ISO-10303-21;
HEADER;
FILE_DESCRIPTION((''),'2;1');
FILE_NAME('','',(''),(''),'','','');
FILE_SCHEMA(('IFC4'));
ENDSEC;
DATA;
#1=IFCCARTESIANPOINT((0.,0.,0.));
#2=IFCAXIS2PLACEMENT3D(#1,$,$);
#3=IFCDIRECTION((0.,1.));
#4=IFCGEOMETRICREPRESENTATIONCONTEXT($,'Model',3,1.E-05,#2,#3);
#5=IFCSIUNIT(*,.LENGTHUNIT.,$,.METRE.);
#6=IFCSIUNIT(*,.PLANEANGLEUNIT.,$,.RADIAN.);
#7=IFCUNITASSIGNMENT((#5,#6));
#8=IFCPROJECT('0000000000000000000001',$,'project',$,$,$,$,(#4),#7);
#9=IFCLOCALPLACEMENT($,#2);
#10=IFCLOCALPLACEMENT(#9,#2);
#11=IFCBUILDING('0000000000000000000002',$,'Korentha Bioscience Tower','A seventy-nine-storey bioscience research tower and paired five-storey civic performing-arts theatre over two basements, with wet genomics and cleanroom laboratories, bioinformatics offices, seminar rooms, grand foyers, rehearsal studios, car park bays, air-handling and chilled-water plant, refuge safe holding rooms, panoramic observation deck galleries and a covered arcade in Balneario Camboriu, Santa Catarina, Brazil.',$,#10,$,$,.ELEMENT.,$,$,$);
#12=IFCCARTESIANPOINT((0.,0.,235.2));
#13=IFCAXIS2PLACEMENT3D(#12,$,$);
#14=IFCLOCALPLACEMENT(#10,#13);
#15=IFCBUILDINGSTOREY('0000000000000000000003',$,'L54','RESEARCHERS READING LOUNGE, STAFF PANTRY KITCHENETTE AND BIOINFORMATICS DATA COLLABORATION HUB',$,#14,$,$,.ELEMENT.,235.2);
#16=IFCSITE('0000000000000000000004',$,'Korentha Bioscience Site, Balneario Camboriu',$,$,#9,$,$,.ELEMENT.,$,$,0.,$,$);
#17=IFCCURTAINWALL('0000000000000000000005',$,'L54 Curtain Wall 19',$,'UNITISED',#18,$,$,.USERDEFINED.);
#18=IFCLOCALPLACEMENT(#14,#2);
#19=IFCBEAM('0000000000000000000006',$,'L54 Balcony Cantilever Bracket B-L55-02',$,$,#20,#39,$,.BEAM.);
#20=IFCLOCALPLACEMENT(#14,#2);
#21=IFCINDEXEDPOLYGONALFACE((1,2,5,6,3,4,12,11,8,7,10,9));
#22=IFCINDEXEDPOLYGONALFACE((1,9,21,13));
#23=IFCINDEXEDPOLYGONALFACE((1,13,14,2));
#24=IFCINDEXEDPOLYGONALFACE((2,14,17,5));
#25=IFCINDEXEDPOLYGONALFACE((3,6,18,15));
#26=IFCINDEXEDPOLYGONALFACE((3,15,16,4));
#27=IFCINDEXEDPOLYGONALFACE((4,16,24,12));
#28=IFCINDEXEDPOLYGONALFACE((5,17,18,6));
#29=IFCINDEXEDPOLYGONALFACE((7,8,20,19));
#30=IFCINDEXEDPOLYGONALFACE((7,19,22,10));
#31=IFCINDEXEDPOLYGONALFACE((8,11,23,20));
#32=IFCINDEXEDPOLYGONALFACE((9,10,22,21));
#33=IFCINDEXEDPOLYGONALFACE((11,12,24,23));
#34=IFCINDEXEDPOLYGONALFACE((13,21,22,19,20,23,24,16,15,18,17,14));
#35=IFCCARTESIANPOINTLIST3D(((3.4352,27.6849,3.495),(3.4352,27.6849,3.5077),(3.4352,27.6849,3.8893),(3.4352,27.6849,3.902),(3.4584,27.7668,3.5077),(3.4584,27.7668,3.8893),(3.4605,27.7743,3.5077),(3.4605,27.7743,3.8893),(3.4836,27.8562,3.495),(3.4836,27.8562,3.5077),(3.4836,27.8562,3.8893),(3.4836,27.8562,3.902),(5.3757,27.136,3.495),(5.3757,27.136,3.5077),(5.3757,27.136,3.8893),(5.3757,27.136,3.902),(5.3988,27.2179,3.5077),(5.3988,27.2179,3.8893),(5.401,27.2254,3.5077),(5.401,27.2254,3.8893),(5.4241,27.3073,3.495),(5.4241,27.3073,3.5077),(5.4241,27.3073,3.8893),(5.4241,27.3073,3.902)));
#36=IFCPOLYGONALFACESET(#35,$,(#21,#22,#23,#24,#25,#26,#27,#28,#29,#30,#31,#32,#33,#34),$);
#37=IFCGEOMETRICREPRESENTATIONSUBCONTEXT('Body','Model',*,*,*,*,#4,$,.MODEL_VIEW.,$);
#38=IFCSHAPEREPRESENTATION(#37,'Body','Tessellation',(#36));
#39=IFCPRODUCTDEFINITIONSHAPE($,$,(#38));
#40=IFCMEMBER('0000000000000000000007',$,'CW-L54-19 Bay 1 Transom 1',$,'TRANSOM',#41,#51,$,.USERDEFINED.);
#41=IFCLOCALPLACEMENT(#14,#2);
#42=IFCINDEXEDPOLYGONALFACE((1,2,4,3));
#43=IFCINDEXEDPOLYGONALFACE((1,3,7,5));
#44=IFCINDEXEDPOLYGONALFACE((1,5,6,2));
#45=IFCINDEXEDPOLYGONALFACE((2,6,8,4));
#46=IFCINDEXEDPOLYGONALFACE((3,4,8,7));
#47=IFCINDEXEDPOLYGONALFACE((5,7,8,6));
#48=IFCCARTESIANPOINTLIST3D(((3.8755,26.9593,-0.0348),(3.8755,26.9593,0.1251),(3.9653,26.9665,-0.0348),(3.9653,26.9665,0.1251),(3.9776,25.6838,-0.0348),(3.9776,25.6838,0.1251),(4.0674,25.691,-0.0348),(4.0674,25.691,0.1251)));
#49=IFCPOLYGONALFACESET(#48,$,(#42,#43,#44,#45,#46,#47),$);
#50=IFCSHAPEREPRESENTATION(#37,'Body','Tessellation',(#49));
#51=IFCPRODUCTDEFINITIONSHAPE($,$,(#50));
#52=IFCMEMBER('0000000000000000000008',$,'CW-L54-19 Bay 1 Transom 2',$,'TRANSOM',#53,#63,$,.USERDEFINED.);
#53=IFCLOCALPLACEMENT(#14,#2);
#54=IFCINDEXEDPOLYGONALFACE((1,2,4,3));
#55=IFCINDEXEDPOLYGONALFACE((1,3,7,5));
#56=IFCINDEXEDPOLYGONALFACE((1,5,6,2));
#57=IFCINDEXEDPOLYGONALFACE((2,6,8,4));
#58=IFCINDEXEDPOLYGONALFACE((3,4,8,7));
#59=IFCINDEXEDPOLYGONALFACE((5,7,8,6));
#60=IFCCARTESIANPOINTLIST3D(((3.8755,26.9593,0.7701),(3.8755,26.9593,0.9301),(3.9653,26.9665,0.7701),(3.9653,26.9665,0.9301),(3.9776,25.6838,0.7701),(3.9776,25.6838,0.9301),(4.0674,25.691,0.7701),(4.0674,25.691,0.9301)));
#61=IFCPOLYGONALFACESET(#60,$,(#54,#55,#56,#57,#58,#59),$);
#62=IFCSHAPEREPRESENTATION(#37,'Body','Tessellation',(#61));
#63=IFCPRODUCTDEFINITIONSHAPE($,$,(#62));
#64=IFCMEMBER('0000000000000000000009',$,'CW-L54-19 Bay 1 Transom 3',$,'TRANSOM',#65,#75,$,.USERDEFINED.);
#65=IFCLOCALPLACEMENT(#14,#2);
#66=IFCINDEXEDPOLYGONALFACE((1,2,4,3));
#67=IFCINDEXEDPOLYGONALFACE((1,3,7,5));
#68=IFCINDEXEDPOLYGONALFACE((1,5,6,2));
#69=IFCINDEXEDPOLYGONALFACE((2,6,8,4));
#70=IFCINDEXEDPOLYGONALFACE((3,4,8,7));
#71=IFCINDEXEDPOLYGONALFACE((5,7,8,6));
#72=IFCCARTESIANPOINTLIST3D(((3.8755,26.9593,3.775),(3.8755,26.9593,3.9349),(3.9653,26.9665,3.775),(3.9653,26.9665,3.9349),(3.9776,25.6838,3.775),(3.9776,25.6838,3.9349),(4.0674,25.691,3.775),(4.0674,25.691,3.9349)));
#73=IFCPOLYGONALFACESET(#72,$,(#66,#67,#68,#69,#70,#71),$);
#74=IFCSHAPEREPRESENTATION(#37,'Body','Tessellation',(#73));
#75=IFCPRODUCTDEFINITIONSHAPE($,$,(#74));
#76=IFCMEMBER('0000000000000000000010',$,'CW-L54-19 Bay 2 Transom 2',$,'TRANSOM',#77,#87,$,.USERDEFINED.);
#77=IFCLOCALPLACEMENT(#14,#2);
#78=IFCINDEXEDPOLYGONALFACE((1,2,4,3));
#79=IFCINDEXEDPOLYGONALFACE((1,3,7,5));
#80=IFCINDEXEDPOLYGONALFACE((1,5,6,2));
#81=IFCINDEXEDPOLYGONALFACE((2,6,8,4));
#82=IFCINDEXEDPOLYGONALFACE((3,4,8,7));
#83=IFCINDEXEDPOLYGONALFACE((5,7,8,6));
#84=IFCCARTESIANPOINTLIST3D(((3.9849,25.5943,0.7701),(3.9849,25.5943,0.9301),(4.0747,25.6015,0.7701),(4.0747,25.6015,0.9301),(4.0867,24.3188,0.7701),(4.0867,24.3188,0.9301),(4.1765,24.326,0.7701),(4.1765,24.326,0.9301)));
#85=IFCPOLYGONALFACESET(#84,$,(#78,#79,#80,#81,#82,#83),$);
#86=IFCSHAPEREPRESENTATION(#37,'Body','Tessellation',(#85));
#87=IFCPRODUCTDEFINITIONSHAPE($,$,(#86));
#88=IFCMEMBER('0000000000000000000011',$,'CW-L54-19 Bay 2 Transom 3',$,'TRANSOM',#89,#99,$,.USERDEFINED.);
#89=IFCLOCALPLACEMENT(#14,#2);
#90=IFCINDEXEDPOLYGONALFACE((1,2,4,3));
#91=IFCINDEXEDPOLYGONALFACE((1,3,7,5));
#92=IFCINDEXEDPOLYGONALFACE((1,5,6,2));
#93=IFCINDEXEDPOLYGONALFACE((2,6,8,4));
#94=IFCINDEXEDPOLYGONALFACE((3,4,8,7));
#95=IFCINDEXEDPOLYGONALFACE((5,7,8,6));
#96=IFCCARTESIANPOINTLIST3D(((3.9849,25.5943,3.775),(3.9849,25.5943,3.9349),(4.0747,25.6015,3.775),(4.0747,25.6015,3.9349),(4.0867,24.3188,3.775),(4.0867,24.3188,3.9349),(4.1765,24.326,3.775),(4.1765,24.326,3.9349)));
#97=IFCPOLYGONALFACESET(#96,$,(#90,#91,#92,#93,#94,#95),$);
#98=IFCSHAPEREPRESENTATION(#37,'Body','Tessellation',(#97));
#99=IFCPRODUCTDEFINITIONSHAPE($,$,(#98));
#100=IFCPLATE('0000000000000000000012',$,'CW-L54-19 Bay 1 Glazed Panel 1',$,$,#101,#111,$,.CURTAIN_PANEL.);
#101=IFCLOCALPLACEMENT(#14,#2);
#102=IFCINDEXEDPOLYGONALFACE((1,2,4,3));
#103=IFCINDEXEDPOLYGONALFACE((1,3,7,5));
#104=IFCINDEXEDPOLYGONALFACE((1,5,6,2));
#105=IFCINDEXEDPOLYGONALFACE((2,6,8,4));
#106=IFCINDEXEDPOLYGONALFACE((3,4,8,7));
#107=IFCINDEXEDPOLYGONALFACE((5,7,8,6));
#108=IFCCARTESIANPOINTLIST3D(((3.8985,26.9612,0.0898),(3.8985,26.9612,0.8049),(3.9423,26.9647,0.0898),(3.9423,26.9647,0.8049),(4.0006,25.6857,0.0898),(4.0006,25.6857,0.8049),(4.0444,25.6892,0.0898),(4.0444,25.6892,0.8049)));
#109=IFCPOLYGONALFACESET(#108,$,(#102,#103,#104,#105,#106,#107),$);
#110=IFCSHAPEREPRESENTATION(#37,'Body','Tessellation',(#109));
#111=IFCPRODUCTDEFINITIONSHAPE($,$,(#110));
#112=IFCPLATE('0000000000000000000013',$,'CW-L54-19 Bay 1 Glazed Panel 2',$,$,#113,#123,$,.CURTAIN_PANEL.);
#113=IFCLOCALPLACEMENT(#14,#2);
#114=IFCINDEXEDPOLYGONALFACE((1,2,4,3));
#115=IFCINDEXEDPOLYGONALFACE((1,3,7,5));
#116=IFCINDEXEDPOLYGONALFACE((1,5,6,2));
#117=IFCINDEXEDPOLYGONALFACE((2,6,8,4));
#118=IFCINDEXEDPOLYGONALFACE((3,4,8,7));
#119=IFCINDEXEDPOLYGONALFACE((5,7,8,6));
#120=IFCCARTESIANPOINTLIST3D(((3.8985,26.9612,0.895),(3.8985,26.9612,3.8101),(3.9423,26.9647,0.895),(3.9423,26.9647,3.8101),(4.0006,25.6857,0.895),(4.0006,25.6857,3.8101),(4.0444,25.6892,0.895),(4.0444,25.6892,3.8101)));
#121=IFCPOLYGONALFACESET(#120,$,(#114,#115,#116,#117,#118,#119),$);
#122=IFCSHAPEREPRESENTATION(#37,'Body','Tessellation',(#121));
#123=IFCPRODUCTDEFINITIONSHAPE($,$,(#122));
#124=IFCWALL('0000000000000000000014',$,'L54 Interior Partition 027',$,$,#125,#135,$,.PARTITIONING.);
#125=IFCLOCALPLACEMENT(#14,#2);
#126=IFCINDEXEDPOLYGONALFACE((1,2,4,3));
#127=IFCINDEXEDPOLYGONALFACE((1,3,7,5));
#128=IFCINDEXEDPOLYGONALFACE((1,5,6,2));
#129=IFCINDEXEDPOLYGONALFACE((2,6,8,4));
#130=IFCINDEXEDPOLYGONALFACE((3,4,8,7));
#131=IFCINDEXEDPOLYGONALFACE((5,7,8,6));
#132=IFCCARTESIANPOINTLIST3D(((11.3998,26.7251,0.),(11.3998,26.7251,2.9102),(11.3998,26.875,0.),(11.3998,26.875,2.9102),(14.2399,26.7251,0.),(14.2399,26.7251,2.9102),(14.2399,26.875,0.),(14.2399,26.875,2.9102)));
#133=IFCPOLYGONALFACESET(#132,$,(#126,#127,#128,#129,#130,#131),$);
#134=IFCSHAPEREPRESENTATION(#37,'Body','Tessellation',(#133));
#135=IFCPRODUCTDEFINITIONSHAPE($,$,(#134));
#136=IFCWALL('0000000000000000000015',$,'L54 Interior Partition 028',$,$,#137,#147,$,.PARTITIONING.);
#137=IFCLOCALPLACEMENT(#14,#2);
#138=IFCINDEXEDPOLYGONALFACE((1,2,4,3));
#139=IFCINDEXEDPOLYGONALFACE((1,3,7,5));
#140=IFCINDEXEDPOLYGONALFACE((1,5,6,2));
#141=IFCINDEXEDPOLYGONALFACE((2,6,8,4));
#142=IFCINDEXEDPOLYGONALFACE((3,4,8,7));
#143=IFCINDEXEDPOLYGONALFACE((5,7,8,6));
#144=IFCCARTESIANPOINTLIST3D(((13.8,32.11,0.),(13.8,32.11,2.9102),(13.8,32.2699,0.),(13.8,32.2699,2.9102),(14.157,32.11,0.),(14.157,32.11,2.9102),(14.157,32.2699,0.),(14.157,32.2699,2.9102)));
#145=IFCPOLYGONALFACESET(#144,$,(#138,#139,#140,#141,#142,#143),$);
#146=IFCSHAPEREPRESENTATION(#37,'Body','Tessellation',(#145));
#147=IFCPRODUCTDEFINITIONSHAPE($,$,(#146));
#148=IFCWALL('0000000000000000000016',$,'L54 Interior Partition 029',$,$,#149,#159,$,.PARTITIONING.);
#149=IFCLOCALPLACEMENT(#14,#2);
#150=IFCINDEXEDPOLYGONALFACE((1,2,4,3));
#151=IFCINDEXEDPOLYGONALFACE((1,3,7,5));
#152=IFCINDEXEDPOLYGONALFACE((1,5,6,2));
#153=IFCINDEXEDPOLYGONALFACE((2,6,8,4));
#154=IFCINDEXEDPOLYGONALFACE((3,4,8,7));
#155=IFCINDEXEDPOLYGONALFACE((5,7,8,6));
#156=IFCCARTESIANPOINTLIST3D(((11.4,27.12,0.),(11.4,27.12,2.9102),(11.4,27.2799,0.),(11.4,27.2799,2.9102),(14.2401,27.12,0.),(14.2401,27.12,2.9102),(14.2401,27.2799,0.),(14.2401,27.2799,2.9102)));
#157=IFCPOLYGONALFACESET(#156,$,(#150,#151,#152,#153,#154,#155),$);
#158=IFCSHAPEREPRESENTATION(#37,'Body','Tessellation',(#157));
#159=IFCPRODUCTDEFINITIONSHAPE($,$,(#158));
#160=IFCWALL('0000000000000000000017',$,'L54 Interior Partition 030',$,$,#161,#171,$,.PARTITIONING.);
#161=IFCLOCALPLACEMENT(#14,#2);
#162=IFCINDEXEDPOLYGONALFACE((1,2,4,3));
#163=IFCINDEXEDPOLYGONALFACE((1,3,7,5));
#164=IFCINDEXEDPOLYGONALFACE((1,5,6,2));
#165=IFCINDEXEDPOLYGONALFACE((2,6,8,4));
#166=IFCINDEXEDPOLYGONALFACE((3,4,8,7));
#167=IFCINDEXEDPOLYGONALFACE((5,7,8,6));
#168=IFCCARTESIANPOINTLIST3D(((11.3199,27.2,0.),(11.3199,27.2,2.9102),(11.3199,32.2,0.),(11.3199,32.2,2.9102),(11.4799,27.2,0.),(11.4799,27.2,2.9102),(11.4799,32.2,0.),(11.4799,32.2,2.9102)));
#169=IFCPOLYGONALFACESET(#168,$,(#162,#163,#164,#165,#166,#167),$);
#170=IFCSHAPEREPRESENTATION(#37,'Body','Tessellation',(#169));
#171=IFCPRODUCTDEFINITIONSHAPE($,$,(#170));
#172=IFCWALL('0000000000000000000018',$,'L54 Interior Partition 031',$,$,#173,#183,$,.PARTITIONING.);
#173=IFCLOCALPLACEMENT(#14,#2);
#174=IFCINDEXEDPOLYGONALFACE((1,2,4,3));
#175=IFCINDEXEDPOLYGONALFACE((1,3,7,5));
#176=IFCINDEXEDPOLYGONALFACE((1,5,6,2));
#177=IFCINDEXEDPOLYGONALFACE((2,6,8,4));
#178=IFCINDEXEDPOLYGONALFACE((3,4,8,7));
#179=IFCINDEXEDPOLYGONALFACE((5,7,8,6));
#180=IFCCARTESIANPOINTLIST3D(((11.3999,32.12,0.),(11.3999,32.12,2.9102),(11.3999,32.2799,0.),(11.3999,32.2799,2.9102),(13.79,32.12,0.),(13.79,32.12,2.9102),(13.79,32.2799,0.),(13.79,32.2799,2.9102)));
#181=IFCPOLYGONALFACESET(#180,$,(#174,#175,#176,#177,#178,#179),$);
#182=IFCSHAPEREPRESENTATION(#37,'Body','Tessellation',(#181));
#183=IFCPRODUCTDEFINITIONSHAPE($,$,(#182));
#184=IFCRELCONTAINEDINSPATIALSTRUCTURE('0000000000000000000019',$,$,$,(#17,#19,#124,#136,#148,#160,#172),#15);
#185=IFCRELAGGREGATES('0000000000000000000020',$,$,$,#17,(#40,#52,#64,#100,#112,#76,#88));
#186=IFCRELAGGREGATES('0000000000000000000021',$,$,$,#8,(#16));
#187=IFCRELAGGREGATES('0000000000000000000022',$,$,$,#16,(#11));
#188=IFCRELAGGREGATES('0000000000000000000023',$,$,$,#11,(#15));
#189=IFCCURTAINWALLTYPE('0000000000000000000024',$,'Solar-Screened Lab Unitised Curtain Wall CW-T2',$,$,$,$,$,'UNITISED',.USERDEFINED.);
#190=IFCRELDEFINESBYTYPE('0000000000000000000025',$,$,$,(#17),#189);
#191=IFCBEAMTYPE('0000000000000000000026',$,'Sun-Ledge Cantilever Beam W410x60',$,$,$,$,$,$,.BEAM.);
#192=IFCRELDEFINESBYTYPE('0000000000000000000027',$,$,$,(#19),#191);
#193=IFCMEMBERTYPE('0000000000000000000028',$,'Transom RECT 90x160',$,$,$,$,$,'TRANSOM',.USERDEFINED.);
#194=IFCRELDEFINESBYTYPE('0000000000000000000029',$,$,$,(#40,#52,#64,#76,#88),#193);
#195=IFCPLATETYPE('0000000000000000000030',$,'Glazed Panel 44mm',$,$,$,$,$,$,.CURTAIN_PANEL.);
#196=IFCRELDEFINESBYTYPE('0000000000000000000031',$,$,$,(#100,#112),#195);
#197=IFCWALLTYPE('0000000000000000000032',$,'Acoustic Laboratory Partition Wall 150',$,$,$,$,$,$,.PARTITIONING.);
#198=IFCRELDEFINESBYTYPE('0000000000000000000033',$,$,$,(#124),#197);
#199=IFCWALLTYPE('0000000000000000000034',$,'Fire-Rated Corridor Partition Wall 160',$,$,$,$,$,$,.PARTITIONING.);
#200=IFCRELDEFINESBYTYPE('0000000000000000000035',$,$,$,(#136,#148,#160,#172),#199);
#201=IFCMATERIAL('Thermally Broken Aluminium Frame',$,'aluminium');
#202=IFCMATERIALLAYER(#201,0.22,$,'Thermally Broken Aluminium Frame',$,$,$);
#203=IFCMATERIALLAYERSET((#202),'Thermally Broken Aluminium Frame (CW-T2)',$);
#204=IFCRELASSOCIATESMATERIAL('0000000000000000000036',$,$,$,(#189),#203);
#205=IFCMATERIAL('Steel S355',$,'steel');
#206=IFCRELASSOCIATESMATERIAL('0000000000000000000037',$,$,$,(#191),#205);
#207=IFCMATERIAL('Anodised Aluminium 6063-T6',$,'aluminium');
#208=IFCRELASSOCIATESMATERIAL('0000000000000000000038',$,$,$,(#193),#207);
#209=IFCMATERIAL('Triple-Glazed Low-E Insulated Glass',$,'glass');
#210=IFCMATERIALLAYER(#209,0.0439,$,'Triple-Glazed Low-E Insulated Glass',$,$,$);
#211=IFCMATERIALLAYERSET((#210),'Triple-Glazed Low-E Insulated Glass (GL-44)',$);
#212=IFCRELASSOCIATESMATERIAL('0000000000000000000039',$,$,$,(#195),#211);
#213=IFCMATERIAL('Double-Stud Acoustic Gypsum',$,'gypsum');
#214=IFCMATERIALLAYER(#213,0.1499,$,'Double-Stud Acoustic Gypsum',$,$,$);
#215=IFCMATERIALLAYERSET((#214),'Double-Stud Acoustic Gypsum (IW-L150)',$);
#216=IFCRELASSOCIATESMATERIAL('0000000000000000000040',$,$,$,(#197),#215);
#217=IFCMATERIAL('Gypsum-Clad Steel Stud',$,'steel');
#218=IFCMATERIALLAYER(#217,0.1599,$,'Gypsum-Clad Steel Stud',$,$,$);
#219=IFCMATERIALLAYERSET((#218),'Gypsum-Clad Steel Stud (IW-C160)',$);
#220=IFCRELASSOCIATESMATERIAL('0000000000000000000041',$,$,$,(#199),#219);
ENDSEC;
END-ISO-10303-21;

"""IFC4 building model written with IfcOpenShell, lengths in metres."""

from ifc_helpers import new_model, si_unit, direction, frame, frame_2d, origin, origin_2d, place, context, subcontext, project, spatial, rectangle, i_section, extrude, material, layer, layer_set, material_profile, profile_set, type_object, element, aggregate, save


model = new_model("IFC4")

# Units and contexts
model_context = context("Model", 3, precision=1e-05, world=origin(), true_north=direction((0.0, 1.0)))
body_context = subcontext(model_context, "Body", "Model", "MODEL_VIEW")
ifc_project = project(units=[si_unit("LENGTHUNIT", "METRE"), si_unit("PLANEANGLEUNIT", "RADIAN")], contexts=[model_context])

# Site, building, storey
site_placement = place(None, origin())
site = spatial("IfcSite", under=ifc_project, at=site_placement, Name="Korentha Bioscience Site, Balneario Camboriu", CompositionType="ELEMENT", RefElevation=0.0)
building_placement = place(site_placement, origin())
building = spatial("IfcBuilding", under=site, at=building_placement, Name="Korentha Bioscience Tower", Description="A seventy-nine-storey bioscience research tower and paired five-storey civic performing-arts theatre over two basements, with wet genomics and cleanroom laboratories, bioinformatics offices, seminar rooms, grand foyers, rehearsal studios, car park bays, air-handling and chilled-water plant, refuge safe holding rooms, panoramic observation deck galleries and a covered arcade in Balneario Camboriu, Santa Catarina, Brazil.", CompositionType="ELEMENT")
storey_placement = place(building_placement, frame((0.0, 0.0, 235.2)))
storey = spatial("IfcBuildingStorey", under=building, at=storey_placement, Name="L54", Description="RESEARCHERS READING LOUNGE, STAFF PANTRY KITCHENETTE AND BIOINFORMATICS DATA COLLABORATION HUB", CompositionType="ELEMENT", Elevation=235.2)

# Shared definitions
ifc_material_1 = material(Name="Steel S355", Category="steel")

# Curtain wall
ifc_material_2 = material(Name="Thermally Broken Aluminium Frame", Category="aluminium")
ifc_layer_1 = layer(ifc_material_2, 0.22, Name="Thermally Broken Aluminium Frame")
ifc_layer_set_1 = layer_set([ifc_layer_1], Name="Thermally Broken Aluminium Frame (CW-T2)")
curtain_wall_type = type_object("IfcCurtainWallType", Name="Solar-Screened Lab Unitised Curtain Wall CW-T2", ElementType="UNITISED", PredefinedType="USERDEFINED", material=ifc_layer_set_1)
curtain_wall_placement = place(storey_placement, origin())
curtain_wall = element("IfcCurtainWall", 1, at=curtain_wall_placement, inside=storey, type_object=curtain_wall_type, Name="L54 Curtain Wall 19", ObjectType="UNITISED", PredefinedType="USERDEFINED")
ifc_material_3 = material(Name="Anodised Aluminium 6063-T6", Category="aluminium")

# Beam
ifc_material_profile_1 = material_profile(ifc_material_1, i_section(OverallWidth=0.178, OverallDepth=0.407, WebThickness=0.0078, FlangeThickness=0.0127, at=origin_2d()), Name="Steel S355")
ifc_profile_set_1 = profile_set([ifc_material_profile_1], Name="Steel S355 (CB-410)")
beam_type_1 = type_object("IfcBeamType", Name="Sun-Ledge Cantilever Beam W410x60", PredefinedType="BEAM", material=ifc_profile_set_1)
beam_1_placement = place(storey_placement, frame((5.3999, 27.2217, 3.6985), z_axis=(-0.962252, 0.272162, 0.0), x_axis=(-0.272162, -0.962252, 0.0)))
element("IfcBeam", 2, at=beam_1_placement, inside=storey, type_object=beam_type_1, Name="L54 Balcony Cantilever Bracket B-L55-02", PredefinedType="BEAM", context=body_context, shape_type="SweptSolid", body=[
    extrude(i_section(OverallWidth=0.178, OverallDepth=0.407, WebThickness=0.0078, FlangeThickness=0.0127, at=origin_2d()), origin(), (0.0, 0.0, 1.0), 2.0166),
])

# Members
ifc_material_profile_2 = material_profile(ifc_material_3, rectangle(XDim=0.0901, YDim=0.1599, at=origin_2d()), Name="Anodised Aluminium 6063-T6")
ifc_profile_set_2 = profile_set([ifc_material_profile_2], Name="Anodised Aluminium 6063-T6 (CW-TRN)")
member_type_1 = type_object("IfcMemberType", Name="Transom RECT 90x160", ElementType="TRANSOM", PredefinedType="USERDEFINED", material=ifc_profile_set_2)
member_1_placement = place(storey_placement, frame((3.9204, 26.9629, 0.0452), z_axis=(0.07976, -0.996814, 0.0), x_axis=(0.996814, 0.07976, 0.0)))
member_1 = element("IfcMember", 3, at=member_1_placement, type_object=member_type_1, Name="CW-L54-19 Bay 1 Transom 1", ObjectType="TRANSOM", PredefinedType="USERDEFINED", context=body_context, shape_type="SweptSolid", body=[
    extrude(rectangle(XDim=0.0901, YDim=0.1599, at=origin_2d()), origin(), (0.0, 0.0, 1.0), 1.2795),
])
member_2_placement = place(storey_placement, frame((3.9204, 26.9629, 0.8501), z_axis=(0.07976, -0.996814, 0.0), x_axis=(0.996814, 0.07976, 0.0)))
member_2 = element("IfcMember", 4, at=member_2_placement, type_object=member_type_1, Name="CW-L54-19 Bay 1 Transom 2", ObjectType="TRANSOM", PredefinedType="USERDEFINED", context=body_context, shape_type="SweptSolid", body=[
    extrude(rectangle(XDim=0.0901, YDim=0.1599, at=origin_2d()), origin(), (0.0, 0.0, 1.0), 1.2795),
])
member_3_placement = place(storey_placement, frame((3.9204, 26.9629, 3.855), z_axis=(0.07976, -0.996814, 0.0), x_axis=(0.996814, 0.07976, 0.0)))
member_3 = element("IfcMember", 5, at=member_3_placement, type_object=member_type_1, Name="CW-L54-19 Bay 1 Transom 3", ObjectType="TRANSOM", PredefinedType="USERDEFINED", context=body_context, shape_type="SweptSolid", body=[
    extrude(rectangle(XDim=0.0901, YDim=0.1599, at=origin_2d()), origin(), (0.0, 0.0, 1.0), 1.2795),
])
member_4_placement = place(storey_placement, frame((4.0298, 25.5979, 0.8501), z_axis=(0.079571, -0.996829, 0.0), x_axis=(0.996829, 0.079571, 0.0)))
member_4 = element("IfcMember", 6, at=member_4_placement, type_object=member_type_1, Name="CW-L54-19 Bay 2 Transom 2", ObjectType="TRANSOM", PredefinedType="USERDEFINED", context=body_context, shape_type="SweptSolid", body=[
    extrude(rectangle(XDim=0.0901, YDim=0.1599, at=origin_2d()), origin(), (0.0, 0.0, 1.0), 1.2795),
])
member_5_placement = place(storey_placement, frame((4.0298, 25.5979, 3.855), z_axis=(0.079571, -0.996829, 0.0), x_axis=(0.996829, 0.079571, 0.0)))
member_5 = element("IfcMember", 7, at=member_5_placement, type_object=member_type_1, Name="CW-L54-19 Bay 2 Transom 3", ObjectType="TRANSOM", PredefinedType="USERDEFINED", context=body_context, shape_type="SweptSolid", body=[
    extrude(rectangle(XDim=0.0901, YDim=0.1599, at=origin_2d()), origin(), (0.0, 0.0, 1.0), 1.2795),
])

# Plates
ifc_material_4 = material(Name="Triple-Glazed Low-E Insulated Glass", Category="glass")
ifc_layer_2 = layer(ifc_material_4, 0.0439, Name="Triple-Glazed Low-E Insulated Glass")
ifc_layer_set_2 = layer_set([ifc_layer_2], Name="Triple-Glazed Low-E Insulated Glass (GL-44)")
plate_type = type_object("IfcPlateType", Name="Glazed Panel 44mm", PredefinedType="CURTAIN_PANEL", material=ifc_layer_set_2)
plate_1_placement = place(storey_placement, frame((3.9714, 26.3252, 0.0898), z_axis=(0.0, 0.0, 1.0), x_axis=(0.079748, -0.996815, 0.0)))
plate_1 = element("IfcPlate", 8, at=plate_1_placement, type_object=plate_type, Name="CW-L54-19 Bay 1 Glazed Panel 1", PredefinedType="CURTAIN_PANEL", context=body_context, shape_type="SweptSolid", body=[
    extrude(rectangle(XDim=1.2795, YDim=0.0439, at=origin_2d()), origin(), (0.0, 0.0, 1.0), 0.7151),
])
plate_2_placement = place(storey_placement, frame((3.9714, 26.3252, 0.895), z_axis=(0.0, 0.0, 1.0), x_axis=(0.079748, -0.996815, 0.0)))
plate_2 = element("IfcPlate", 9, at=plate_2_placement, type_object=plate_type, Name="CW-L54-19 Bay 1 Glazed Panel 2", PredefinedType="CURTAIN_PANEL", context=body_context, shape_type="SweptSolid", body=[
    extrude(rectangle(XDim=1.2795, YDim=0.0439, at=origin_2d()), origin(), (0.0, 0.0, 1.0), 2.915),
])
aggregate(curtain_wall, [member_1, member_2, member_3, plate_1, plate_2, member_4, member_5])

# Shared definitions
ifc_material_5 = material(Name="Double-Stud Acoustic Gypsum", Category="gypsum")
ifc_layer_3 = layer(ifc_material_5, 0.1499, Name="Double-Stud Acoustic Gypsum")
ifc_layer_set_3 = layer_set([ifc_layer_3], Name="Double-Stud Acoustic Gypsum (IW-L150)")
wall_type_1 = type_object("IfcWallType", Name="Acoustic Laboratory Partition Wall 150", PredefinedType="PARTITIONING", material=ifc_layer_set_3)

# Wall
wall_1_placement = place(storey_placement, frame((11.3999, 26.8, 0.0), z_axis=(0.0, 0.0, 1.0), x_axis=(1.0, 0.0, 0.0)))
element("IfcWall", 10, at=wall_1_placement, inside=storey, type_object=wall_type_1, Name="L54 Interior Partition 027", PredefinedType="PARTITIONING", context=body_context, shape_type="SweptSolid", body=[
    extrude(rectangle(XDim=2.8401, YDim=0.1499, at=frame_2d((1.4199, 0.0))), origin(), (0.0, 0.0, 1.0), 2.9102),
])

# Shared definitions
ifc_material_6 = material(Name="Gypsum-Clad Steel Stud", Category="steel")
ifc_layer_4 = layer(ifc_material_6, 0.1599, Name="Gypsum-Clad Steel Stud")
ifc_layer_set_4 = layer_set([ifc_layer_4], Name="Gypsum-Clad Steel Stud (IW-C160)")
wall_type_2 = type_object("IfcWallType", Name="Fire-Rated Corridor Partition Wall 160", PredefinedType="PARTITIONING", material=ifc_layer_set_4)

# Walls
wall_2_placement = place(storey_placement, frame((13.8, 32.1899, 0.0), z_axis=(0.0, 0.0, 1.0), x_axis=(1.0, 0.0, 0.0)))
element("IfcWall", 11, at=wall_2_placement, inside=storey, type_object=wall_type_2, Name="L54 Interior Partition 028", PredefinedType="PARTITIONING", context=body_context, shape_type="SweptSolid", body=[
    extrude(rectangle(XDim=0.3569, YDim=0.1599, at=frame_2d((0.1785, 0.0))), origin(), (0.0, 0.0, 1.0), 2.9102),
])
wall_3_placement = place(storey_placement, frame((14.24, 27.2, 0.0), z_axis=(0.0, 0.0, 1.0), x_axis=(-1.0, 0.0, 0.0)))
element("IfcWall", 12, at=wall_3_placement, inside=storey, type_object=wall_type_2, Name="L54 Interior Partition 029", PredefinedType="PARTITIONING", context=body_context, shape_type="SweptSolid", body=[
    extrude(rectangle(XDim=2.8401, YDim=0.1599, at=frame_2d((1.4199, 0.0))), origin(), (0.0, 0.0, 1.0), 2.9102),
])
wall_4_placement = place(storey_placement, frame((11.3999, 27.2, 0.0), z_axis=(0.0, 0.0, 1.0), x_axis=(0.0, 1.0, 0.0)))
element("IfcWall", 13, at=wall_4_placement, inside=storey, type_object=wall_type_2, Name="L54 Interior Partition 030", PredefinedType="PARTITIONING", context=body_context, shape_type="SweptSolid", body=[
    extrude(rectangle(XDim=5.0, YDim=0.1599, at=frame_2d((2.5, 0.0))), origin(), (0.0, 0.0, 1.0), 2.9102),
])
wall_5_placement = place(storey_placement, frame((11.3999, 32.2, 0.0), z_axis=(0.0, 0.0, 1.0), x_axis=(1.0, 0.0, 0.0)))
element("IfcWall", 14, at=wall_5_placement, inside=storey, type_object=wall_type_2, Name="L54 Interior Partition 031", PredefinedType="PARTITIONING", context=body_context, shape_type="SweptSolid", body=[
    extrude(rectangle(XDim=2.3901, YDim=0.1599, at=frame_2d((1.1951, 0.0))), origin(), (0.0, 0.0, 1.0), 2.9102),
])

save(model, "model.ifc")
